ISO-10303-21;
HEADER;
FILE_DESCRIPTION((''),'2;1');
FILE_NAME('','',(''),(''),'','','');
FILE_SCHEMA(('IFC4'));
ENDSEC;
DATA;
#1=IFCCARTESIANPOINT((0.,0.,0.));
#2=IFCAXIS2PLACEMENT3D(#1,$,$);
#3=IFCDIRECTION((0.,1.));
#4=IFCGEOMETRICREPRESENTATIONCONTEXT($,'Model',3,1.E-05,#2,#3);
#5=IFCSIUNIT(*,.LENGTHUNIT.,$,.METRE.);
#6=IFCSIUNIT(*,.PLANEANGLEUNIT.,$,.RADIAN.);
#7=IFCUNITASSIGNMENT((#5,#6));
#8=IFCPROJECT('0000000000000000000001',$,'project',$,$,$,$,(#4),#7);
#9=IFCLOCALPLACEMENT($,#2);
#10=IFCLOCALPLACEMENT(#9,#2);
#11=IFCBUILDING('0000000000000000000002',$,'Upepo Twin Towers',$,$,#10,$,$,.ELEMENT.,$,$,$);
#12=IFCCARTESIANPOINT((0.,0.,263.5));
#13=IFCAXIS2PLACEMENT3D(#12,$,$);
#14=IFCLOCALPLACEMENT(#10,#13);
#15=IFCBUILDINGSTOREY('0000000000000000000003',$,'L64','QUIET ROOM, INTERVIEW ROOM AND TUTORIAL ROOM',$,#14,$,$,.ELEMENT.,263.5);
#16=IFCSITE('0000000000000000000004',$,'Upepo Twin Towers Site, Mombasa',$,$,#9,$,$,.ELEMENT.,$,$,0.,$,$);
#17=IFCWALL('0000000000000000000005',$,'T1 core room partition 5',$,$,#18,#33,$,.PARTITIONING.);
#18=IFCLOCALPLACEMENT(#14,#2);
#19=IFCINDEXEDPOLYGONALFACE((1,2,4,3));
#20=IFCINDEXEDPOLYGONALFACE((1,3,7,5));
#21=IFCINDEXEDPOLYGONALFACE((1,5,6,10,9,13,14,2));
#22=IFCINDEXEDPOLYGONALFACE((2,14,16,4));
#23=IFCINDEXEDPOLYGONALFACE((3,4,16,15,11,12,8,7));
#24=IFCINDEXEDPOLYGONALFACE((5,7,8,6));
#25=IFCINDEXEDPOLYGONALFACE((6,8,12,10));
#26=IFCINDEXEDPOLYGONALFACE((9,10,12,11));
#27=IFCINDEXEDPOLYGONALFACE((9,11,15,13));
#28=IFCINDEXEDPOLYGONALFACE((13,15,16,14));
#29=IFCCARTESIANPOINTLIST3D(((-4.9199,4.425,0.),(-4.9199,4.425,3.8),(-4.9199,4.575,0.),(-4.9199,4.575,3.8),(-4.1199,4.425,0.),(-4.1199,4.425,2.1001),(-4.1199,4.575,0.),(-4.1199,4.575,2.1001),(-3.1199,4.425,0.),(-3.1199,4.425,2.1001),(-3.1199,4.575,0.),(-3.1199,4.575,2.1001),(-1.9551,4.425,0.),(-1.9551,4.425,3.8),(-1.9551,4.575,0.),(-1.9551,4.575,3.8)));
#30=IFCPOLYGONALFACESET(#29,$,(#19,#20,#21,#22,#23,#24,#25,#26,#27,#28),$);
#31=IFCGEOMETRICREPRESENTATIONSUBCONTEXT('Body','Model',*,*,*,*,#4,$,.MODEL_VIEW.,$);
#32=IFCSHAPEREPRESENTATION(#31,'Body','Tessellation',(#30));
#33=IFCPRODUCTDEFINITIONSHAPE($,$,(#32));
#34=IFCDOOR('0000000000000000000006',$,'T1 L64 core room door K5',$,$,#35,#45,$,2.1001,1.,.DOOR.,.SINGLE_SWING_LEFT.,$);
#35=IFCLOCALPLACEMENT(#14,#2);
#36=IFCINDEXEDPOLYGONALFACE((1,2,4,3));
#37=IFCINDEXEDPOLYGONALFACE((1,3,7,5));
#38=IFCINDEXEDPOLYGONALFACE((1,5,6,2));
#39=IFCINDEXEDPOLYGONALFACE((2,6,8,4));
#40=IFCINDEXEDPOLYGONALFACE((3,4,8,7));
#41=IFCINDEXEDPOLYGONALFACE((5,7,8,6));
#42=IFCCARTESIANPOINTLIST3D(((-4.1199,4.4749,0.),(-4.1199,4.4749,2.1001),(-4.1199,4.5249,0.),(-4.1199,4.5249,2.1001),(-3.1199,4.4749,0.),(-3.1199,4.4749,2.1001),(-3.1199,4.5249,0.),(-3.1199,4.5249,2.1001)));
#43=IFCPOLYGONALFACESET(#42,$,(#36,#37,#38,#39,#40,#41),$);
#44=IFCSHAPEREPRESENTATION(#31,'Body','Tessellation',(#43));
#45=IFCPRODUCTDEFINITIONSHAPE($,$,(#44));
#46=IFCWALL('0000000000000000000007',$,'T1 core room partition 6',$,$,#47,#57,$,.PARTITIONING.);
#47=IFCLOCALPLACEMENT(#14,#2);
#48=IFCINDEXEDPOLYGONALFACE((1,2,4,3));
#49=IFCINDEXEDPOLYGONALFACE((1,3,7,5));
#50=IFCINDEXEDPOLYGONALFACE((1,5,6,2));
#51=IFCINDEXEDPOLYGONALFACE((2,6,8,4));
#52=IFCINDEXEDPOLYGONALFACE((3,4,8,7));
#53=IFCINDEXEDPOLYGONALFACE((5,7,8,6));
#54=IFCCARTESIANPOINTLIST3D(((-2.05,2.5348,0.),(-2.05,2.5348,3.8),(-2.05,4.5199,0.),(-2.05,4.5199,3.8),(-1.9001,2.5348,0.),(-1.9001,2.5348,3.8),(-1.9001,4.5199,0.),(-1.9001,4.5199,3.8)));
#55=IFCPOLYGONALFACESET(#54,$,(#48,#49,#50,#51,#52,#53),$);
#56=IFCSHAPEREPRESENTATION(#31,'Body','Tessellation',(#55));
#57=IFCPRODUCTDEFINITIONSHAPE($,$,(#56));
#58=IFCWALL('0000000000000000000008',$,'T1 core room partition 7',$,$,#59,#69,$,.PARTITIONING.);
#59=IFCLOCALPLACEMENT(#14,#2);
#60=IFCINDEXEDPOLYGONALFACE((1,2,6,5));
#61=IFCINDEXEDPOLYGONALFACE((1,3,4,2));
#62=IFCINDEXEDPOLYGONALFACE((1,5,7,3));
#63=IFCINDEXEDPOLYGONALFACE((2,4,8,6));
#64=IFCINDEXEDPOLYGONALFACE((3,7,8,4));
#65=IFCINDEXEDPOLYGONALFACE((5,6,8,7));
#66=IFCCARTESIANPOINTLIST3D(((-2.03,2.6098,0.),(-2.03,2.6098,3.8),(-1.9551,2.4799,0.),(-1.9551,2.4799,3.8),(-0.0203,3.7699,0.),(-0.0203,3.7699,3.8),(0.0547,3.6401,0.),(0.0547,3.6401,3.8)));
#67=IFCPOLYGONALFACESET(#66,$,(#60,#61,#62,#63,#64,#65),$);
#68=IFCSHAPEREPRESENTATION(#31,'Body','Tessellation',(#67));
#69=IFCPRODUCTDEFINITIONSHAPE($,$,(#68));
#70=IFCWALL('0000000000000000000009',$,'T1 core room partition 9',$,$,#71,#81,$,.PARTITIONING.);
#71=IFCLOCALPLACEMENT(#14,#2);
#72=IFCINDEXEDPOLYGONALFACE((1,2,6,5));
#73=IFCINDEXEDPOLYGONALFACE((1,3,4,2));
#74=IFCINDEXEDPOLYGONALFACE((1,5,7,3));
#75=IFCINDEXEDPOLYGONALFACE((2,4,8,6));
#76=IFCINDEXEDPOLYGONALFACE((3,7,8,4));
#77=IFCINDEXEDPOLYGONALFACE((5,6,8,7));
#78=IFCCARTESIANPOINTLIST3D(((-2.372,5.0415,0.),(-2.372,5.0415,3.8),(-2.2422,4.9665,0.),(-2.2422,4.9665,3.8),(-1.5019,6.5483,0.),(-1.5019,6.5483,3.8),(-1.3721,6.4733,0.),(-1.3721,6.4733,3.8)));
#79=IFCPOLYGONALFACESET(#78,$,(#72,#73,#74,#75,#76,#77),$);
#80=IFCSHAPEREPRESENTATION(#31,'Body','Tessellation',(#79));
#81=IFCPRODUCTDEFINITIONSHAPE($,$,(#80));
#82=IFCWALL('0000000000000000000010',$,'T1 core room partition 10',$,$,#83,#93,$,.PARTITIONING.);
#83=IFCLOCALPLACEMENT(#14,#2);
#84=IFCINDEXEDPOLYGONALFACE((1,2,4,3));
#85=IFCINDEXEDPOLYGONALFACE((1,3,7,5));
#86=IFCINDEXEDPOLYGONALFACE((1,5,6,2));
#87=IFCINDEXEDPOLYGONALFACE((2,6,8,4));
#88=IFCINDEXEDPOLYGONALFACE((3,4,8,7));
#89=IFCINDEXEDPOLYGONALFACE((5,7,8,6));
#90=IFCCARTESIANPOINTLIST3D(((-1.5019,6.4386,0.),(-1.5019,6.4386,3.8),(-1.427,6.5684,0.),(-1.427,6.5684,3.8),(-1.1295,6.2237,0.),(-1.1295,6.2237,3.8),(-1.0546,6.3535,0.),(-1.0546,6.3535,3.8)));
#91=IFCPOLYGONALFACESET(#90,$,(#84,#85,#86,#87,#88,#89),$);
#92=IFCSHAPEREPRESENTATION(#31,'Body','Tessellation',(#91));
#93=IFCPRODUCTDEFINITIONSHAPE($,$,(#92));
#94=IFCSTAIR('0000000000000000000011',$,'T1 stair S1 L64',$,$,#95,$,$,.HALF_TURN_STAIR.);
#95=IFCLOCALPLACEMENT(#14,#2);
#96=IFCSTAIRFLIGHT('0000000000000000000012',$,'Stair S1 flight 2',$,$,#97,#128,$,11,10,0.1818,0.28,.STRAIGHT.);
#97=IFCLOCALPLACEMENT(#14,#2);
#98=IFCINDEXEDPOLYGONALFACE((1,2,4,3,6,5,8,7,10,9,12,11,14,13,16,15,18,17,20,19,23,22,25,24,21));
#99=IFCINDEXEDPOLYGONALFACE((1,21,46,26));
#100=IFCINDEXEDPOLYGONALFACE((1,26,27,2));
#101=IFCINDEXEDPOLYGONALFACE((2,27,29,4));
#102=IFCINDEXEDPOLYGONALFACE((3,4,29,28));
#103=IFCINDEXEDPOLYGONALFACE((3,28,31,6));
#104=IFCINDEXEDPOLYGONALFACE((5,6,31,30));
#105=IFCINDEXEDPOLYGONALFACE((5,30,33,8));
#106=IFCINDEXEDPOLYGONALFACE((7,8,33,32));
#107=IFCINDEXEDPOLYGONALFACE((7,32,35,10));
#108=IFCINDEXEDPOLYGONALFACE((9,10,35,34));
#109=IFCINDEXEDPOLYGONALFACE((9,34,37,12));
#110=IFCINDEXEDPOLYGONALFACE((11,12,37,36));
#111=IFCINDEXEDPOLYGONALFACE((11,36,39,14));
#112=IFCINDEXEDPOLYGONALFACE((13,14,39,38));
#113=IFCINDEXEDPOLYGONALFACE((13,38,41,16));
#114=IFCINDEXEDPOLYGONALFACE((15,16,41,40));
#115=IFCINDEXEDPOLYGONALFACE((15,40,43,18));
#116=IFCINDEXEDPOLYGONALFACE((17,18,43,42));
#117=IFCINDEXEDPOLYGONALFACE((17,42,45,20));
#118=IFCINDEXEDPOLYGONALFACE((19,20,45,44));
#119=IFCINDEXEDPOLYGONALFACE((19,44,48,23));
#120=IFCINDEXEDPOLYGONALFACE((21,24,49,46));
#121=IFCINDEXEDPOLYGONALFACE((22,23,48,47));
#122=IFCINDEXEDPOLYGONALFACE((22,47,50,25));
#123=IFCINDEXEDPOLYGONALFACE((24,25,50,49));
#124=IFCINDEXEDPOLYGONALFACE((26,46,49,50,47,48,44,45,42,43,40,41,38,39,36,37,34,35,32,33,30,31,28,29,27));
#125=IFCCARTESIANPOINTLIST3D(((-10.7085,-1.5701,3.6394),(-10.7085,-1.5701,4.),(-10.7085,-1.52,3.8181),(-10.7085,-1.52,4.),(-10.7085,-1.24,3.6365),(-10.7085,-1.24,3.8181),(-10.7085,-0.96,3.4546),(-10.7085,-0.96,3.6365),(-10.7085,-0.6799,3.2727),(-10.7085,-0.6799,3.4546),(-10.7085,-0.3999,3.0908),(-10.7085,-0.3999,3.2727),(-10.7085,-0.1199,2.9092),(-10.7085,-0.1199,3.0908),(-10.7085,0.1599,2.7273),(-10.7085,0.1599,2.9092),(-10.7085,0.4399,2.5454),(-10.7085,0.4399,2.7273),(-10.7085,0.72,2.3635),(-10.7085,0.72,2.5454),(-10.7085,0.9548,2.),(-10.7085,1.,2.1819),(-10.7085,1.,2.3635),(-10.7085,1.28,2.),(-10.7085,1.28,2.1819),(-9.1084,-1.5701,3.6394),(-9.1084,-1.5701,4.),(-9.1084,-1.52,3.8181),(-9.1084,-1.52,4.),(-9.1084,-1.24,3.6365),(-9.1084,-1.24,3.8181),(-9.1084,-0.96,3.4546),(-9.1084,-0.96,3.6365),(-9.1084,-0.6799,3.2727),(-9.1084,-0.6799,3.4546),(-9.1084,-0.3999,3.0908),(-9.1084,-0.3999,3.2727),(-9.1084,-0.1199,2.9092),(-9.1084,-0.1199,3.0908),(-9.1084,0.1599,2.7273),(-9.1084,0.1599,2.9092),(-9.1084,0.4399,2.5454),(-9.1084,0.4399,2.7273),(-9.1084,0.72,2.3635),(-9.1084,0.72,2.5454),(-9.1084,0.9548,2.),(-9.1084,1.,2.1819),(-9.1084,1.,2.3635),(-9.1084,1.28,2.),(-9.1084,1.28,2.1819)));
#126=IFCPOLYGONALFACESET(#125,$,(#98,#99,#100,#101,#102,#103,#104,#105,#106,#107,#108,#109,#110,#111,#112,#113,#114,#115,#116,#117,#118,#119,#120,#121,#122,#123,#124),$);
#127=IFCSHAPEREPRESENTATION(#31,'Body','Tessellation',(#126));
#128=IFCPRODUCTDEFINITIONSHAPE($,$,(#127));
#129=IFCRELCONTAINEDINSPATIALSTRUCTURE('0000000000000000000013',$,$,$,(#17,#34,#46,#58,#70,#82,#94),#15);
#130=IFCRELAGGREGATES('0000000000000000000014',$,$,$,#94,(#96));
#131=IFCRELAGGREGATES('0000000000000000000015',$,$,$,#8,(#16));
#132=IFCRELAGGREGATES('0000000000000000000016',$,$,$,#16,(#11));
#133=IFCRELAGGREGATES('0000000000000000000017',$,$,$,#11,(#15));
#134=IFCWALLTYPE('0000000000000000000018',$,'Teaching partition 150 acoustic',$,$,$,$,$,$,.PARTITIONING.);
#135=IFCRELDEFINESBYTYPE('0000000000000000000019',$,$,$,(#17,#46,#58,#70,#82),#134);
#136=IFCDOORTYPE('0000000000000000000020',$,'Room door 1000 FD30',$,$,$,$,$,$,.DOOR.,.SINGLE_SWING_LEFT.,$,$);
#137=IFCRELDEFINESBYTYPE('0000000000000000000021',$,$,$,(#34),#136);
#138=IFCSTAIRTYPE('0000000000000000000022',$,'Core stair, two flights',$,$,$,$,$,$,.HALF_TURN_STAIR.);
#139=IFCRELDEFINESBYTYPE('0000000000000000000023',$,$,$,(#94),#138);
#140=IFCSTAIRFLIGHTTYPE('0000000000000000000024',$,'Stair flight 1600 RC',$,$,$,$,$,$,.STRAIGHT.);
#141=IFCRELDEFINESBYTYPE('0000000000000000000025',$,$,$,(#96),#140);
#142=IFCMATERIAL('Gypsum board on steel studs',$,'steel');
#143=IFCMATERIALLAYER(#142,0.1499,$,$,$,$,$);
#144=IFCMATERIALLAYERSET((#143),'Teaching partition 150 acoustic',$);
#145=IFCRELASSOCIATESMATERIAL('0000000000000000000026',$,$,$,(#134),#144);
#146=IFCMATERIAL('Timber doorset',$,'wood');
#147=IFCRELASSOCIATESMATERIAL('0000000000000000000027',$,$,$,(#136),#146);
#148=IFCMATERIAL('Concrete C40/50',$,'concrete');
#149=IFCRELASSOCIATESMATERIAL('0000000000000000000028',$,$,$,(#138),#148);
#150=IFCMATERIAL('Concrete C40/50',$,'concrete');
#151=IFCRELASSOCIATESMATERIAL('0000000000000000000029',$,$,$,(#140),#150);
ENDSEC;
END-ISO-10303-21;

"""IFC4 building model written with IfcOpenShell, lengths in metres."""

from ifc_helpers import new_model, si_unit, direction, frame, frame_2d, origin, place, context, subcontext, project, spatial, polyline, rectangle, outline, extrude, material, layer, layer_set, type_object, element, fill, aggregate, save


model = new_model("IFC4")

# Units and contexts
model_context = context("Model", 3, precision=1e-05, world=origin(), true_north=direction((0.0, 1.0)))
body_context = subcontext(model_context, "Body", "Model", "MODEL_VIEW")
ifc_project = project(units=[si_unit("LENGTHUNIT", "METRE"), si_unit("PLANEANGLEUNIT", "RADIAN")], contexts=[model_context])

# Site, building, storey
site_placement = place(None, origin())
site = spatial("IfcSite", under=ifc_project, at=site_placement, Name="Upepo Twin Towers Site, Mombasa", CompositionType="ELEMENT", RefElevation=0.0)
building_placement = place(site_placement, origin())
building = spatial("IfcBuilding", under=site, at=building_placement, Name="Upepo Twin Towers", CompositionType="ELEMENT")
storey_placement = place(building_placement, frame((0.0, 0.0, 263.5)))
storey = spatial("IfcBuildingStorey", under=building, at=storey_placement, Name="L64", Description="QUIET ROOM, INTERVIEW ROOM AND TUTORIAL ROOM", CompositionType="ELEMENT", Elevation=263.5)

# Shared definitions
ifc_material_1 = material(Name="Gypsum board on steel studs", Category="steel")
ifc_layer_1 = layer(ifc_material_1, 0.1499)
ifc_layer_set_1 = layer_set([ifc_layer_1], Name="Teaching partition 150 acoustic")
wall_type_1 = type_object("IfcWallType", Name="Teaching partition 150 acoustic", PredefinedType="PARTITIONING", material=ifc_layer_set_1)

# Wall, opening, door
wall_1_placement = place(storey_placement, frame((-4.9199, 4.5, 0.0), z_axis=(0.0, 0.0, 1.0), x_axis=(1.0, 0.0, 0.0)))
wall_1 = element("IfcWall", 1, at=wall_1_placement, inside=storey, type_object=wall_type_1, Name="T1 core room partition 5", PredefinedType="PARTITIONING", context=body_context, shape_type="SweptSolid", body=[
    extrude(rectangle(XDim=2.9648, YDim=0.1499, at=frame_2d((1.4824, 0.0))), origin(), (0.0, 0.0, 1.0), 3.8),
])
opening_1_placement = place(wall_1_placement, frame((0.8, 0.0, 0.0)))
opening_1 = element("IfcOpeningElement", 2, at=opening_1_placement, cuts=wall_1, PredefinedType="OPENING", context=body_context, shape_type="SweptSolid", body=[
    extrude(rectangle(XDim=1.0, YDim=2.1001, at=frame_2d((0.5, 1.05))), frame((0.0, 0.085, 0.0), z_axis=(0.0, -1.0, 0.0), x_axis=(1.0, 0.0, 0.0)), (0.0, 0.0, 1.0), 0.1699),
])
ifc_material_2 = material(Name="Timber doorset", Category="wood")
door_type_1 = type_object("IfcDoorType", Name="Room door 1000 FD30", OperationType="SINGLE_SWING_LEFT", PredefinedType="DOOR", material=ifc_material_2)
door_1_placement = place(opening_1_placement, origin())
door_1 = element("IfcDoor", 3, at=door_1_placement, inside=storey, type_object=door_type_1, Name="T1 L64 core room door K5", OperationType="SINGLE_SWING_LEFT", OverallHeight=2.1001, OverallWidth=1.0, PredefinedType="DOOR", context=body_context, shape_type="SweptSolid", body=[
    extrude(rectangle(XDim=1.0, YDim=2.1001, at=frame_2d((0.5, 1.05))), frame((0.0, 0.0249, 0.0), z_axis=(0.0, -1.0, 0.0), x_axis=(1.0, 0.0, 0.0)), (0.0, 0.0, 1.0), 0.05),
])
fill(opening_1, door_1)

# Walls
wall_2_placement = place(storey_placement, frame((-1.9751, 4.52, 0.0), z_axis=(0.0, 0.0, 1.0), x_axis=(0.0, -1.0, 0.0)))
element("IfcWall", 4, at=wall_2_placement, inside=storey, type_object=wall_type_1, Name="T1 core room partition 6", PredefinedType="PARTITIONING", context=body_context, shape_type="SweptSolid", body=[
    extrude(rectangle(XDim=1.9851, YDim=0.1499, at=frame_2d((0.9927, 0.0))), origin(), (0.0, 0.0, 1.0), 3.8),
])
wall_3_placement = place(storey_placement, frame((-1.9924, 2.5449, 0.0), z_axis=(0.0, 0.0, 1.0), x_axis=(0.866059, 0.499941, 0.0)))
element("IfcWall", 5, at=wall_3_placement, inside=storey, type_object=wall_type_1, Name="T1 core room partition 7", PredefinedType="PARTITIONING", context=body_context, shape_type="SweptSolid", body=[
    extrude(rectangle(XDim=2.3206, YDim=0.1499, at=frame_2d((1.1602, 0.0))), origin(), (0.0, 0.0, 1.0), 3.8),
])
wall_4_placement = place(storey_placement, frame((-2.3071, 5.0039, 0.0), z_axis=(0.0, 0.0, 1.0), x_axis=(0.500063, 0.865989, 0.0)))
element("IfcWall", 6, at=wall_4_placement, inside=storey, type_object=wall_type_1, Name="T1 core room partition 9", PredefinedType="PARTITIONING", context=body_context, shape_type="SweptSolid", body=[
    extrude(rectangle(XDim=1.74, YDim=0.1499, at=frame_2d((0.8701, 0.0))), origin(), (0.0, 0.0, 1.0), 3.8),
])
wall_5_placement = place(storey_placement, frame((-1.4644, 6.5034, 0.0), z_axis=(0.0, 0.0, 1.0), x_axis=(0.866138, -0.499804, 0.0)))
element("IfcWall", 7, at=wall_5_placement, inside=storey, type_object=wall_type_1, Name="T1 core room partition 10", PredefinedType="PARTITIONING", context=body_context, shape_type="SweptSolid", body=[
    extrude(rectangle(XDim=0.4299, YDim=0.1499, at=frame_2d((0.2148, 0.0))), origin(), (0.0, 0.0, 1.0), 3.8),
])

# Stair, stair flight
ifc_material_3 = material(Name="Concrete C40/50", Category="concrete")
stair_type = type_object("IfcStairType", Name="Core stair, two flights", PredefinedType="HALF_TURN_STAIR", material=ifc_material_3)
stair_placement = place(storey_placement, origin())
stair = element("IfcStair", 8, at=stair_placement, inside=storey, type_object=stair_type, Name="T1 stair S1 L64", PredefinedType="HALF_TURN_STAIR")
ifc_material_4 = material(Name="Concrete C40/50", Category="concrete")
stair_flight_type = type_object("IfcStairFlightType", Name="Stair flight 1600 RC", PredefinedType="STRAIGHT", material=ifc_material_4)
stair_flight_placement = place(storey_placement, frame((-9.9084, 1.28, 2.0), z_axis=(0.0, 0.0, 1.0), x_axis=(0.0, -1.0, 0.0)))
stair_flight = element("IfcStairFlight", 9, at=stair_flight_placement, type_object=stair_flight_type, Name="Stair S1 flight 2", NumberOfRisers=11, NumberOfTreads=10, PredefinedType="STRAIGHT", RiserHeight=0.1818, TreadLength=0.28, context=body_context, shape_type="SweptSolid", body=[
    extrude(outline(polyline([(0.0, 0.0), (0.0, 0.1819), (0.28, 0.1819), (0.28, 0.3635), (0.5601, 0.3635), (0.5601, 0.5454), (0.8401, 0.5454), (0.8401, 0.7273), (1.1201, 0.7273), (1.1201, 0.9092), (1.3999, 0.9092), (1.3999, 1.0908), (1.6799, 1.0908), (1.6799, 1.2727), (1.96, 1.2727), (1.96, 1.4546), (2.24, 1.4546), (2.24, 1.6365), (2.52, 1.6365), (2.52, 1.8181), (2.8, 1.8181), (2.8, 2.0), (2.8501, 2.0), (2.8501, 1.6394), (0.3252, 0.0), (0.0, 0.0)])), frame((0.0, 0.8, 0.0), z_axis=(0.0, -1.0, 0.0), x_axis=(1.0, 0.0, 0.0)), (0.0, 0.0, 1.0), 1.6001),
])
aggregate(stair, [stair_flight])

save(model, "model.ifc")
